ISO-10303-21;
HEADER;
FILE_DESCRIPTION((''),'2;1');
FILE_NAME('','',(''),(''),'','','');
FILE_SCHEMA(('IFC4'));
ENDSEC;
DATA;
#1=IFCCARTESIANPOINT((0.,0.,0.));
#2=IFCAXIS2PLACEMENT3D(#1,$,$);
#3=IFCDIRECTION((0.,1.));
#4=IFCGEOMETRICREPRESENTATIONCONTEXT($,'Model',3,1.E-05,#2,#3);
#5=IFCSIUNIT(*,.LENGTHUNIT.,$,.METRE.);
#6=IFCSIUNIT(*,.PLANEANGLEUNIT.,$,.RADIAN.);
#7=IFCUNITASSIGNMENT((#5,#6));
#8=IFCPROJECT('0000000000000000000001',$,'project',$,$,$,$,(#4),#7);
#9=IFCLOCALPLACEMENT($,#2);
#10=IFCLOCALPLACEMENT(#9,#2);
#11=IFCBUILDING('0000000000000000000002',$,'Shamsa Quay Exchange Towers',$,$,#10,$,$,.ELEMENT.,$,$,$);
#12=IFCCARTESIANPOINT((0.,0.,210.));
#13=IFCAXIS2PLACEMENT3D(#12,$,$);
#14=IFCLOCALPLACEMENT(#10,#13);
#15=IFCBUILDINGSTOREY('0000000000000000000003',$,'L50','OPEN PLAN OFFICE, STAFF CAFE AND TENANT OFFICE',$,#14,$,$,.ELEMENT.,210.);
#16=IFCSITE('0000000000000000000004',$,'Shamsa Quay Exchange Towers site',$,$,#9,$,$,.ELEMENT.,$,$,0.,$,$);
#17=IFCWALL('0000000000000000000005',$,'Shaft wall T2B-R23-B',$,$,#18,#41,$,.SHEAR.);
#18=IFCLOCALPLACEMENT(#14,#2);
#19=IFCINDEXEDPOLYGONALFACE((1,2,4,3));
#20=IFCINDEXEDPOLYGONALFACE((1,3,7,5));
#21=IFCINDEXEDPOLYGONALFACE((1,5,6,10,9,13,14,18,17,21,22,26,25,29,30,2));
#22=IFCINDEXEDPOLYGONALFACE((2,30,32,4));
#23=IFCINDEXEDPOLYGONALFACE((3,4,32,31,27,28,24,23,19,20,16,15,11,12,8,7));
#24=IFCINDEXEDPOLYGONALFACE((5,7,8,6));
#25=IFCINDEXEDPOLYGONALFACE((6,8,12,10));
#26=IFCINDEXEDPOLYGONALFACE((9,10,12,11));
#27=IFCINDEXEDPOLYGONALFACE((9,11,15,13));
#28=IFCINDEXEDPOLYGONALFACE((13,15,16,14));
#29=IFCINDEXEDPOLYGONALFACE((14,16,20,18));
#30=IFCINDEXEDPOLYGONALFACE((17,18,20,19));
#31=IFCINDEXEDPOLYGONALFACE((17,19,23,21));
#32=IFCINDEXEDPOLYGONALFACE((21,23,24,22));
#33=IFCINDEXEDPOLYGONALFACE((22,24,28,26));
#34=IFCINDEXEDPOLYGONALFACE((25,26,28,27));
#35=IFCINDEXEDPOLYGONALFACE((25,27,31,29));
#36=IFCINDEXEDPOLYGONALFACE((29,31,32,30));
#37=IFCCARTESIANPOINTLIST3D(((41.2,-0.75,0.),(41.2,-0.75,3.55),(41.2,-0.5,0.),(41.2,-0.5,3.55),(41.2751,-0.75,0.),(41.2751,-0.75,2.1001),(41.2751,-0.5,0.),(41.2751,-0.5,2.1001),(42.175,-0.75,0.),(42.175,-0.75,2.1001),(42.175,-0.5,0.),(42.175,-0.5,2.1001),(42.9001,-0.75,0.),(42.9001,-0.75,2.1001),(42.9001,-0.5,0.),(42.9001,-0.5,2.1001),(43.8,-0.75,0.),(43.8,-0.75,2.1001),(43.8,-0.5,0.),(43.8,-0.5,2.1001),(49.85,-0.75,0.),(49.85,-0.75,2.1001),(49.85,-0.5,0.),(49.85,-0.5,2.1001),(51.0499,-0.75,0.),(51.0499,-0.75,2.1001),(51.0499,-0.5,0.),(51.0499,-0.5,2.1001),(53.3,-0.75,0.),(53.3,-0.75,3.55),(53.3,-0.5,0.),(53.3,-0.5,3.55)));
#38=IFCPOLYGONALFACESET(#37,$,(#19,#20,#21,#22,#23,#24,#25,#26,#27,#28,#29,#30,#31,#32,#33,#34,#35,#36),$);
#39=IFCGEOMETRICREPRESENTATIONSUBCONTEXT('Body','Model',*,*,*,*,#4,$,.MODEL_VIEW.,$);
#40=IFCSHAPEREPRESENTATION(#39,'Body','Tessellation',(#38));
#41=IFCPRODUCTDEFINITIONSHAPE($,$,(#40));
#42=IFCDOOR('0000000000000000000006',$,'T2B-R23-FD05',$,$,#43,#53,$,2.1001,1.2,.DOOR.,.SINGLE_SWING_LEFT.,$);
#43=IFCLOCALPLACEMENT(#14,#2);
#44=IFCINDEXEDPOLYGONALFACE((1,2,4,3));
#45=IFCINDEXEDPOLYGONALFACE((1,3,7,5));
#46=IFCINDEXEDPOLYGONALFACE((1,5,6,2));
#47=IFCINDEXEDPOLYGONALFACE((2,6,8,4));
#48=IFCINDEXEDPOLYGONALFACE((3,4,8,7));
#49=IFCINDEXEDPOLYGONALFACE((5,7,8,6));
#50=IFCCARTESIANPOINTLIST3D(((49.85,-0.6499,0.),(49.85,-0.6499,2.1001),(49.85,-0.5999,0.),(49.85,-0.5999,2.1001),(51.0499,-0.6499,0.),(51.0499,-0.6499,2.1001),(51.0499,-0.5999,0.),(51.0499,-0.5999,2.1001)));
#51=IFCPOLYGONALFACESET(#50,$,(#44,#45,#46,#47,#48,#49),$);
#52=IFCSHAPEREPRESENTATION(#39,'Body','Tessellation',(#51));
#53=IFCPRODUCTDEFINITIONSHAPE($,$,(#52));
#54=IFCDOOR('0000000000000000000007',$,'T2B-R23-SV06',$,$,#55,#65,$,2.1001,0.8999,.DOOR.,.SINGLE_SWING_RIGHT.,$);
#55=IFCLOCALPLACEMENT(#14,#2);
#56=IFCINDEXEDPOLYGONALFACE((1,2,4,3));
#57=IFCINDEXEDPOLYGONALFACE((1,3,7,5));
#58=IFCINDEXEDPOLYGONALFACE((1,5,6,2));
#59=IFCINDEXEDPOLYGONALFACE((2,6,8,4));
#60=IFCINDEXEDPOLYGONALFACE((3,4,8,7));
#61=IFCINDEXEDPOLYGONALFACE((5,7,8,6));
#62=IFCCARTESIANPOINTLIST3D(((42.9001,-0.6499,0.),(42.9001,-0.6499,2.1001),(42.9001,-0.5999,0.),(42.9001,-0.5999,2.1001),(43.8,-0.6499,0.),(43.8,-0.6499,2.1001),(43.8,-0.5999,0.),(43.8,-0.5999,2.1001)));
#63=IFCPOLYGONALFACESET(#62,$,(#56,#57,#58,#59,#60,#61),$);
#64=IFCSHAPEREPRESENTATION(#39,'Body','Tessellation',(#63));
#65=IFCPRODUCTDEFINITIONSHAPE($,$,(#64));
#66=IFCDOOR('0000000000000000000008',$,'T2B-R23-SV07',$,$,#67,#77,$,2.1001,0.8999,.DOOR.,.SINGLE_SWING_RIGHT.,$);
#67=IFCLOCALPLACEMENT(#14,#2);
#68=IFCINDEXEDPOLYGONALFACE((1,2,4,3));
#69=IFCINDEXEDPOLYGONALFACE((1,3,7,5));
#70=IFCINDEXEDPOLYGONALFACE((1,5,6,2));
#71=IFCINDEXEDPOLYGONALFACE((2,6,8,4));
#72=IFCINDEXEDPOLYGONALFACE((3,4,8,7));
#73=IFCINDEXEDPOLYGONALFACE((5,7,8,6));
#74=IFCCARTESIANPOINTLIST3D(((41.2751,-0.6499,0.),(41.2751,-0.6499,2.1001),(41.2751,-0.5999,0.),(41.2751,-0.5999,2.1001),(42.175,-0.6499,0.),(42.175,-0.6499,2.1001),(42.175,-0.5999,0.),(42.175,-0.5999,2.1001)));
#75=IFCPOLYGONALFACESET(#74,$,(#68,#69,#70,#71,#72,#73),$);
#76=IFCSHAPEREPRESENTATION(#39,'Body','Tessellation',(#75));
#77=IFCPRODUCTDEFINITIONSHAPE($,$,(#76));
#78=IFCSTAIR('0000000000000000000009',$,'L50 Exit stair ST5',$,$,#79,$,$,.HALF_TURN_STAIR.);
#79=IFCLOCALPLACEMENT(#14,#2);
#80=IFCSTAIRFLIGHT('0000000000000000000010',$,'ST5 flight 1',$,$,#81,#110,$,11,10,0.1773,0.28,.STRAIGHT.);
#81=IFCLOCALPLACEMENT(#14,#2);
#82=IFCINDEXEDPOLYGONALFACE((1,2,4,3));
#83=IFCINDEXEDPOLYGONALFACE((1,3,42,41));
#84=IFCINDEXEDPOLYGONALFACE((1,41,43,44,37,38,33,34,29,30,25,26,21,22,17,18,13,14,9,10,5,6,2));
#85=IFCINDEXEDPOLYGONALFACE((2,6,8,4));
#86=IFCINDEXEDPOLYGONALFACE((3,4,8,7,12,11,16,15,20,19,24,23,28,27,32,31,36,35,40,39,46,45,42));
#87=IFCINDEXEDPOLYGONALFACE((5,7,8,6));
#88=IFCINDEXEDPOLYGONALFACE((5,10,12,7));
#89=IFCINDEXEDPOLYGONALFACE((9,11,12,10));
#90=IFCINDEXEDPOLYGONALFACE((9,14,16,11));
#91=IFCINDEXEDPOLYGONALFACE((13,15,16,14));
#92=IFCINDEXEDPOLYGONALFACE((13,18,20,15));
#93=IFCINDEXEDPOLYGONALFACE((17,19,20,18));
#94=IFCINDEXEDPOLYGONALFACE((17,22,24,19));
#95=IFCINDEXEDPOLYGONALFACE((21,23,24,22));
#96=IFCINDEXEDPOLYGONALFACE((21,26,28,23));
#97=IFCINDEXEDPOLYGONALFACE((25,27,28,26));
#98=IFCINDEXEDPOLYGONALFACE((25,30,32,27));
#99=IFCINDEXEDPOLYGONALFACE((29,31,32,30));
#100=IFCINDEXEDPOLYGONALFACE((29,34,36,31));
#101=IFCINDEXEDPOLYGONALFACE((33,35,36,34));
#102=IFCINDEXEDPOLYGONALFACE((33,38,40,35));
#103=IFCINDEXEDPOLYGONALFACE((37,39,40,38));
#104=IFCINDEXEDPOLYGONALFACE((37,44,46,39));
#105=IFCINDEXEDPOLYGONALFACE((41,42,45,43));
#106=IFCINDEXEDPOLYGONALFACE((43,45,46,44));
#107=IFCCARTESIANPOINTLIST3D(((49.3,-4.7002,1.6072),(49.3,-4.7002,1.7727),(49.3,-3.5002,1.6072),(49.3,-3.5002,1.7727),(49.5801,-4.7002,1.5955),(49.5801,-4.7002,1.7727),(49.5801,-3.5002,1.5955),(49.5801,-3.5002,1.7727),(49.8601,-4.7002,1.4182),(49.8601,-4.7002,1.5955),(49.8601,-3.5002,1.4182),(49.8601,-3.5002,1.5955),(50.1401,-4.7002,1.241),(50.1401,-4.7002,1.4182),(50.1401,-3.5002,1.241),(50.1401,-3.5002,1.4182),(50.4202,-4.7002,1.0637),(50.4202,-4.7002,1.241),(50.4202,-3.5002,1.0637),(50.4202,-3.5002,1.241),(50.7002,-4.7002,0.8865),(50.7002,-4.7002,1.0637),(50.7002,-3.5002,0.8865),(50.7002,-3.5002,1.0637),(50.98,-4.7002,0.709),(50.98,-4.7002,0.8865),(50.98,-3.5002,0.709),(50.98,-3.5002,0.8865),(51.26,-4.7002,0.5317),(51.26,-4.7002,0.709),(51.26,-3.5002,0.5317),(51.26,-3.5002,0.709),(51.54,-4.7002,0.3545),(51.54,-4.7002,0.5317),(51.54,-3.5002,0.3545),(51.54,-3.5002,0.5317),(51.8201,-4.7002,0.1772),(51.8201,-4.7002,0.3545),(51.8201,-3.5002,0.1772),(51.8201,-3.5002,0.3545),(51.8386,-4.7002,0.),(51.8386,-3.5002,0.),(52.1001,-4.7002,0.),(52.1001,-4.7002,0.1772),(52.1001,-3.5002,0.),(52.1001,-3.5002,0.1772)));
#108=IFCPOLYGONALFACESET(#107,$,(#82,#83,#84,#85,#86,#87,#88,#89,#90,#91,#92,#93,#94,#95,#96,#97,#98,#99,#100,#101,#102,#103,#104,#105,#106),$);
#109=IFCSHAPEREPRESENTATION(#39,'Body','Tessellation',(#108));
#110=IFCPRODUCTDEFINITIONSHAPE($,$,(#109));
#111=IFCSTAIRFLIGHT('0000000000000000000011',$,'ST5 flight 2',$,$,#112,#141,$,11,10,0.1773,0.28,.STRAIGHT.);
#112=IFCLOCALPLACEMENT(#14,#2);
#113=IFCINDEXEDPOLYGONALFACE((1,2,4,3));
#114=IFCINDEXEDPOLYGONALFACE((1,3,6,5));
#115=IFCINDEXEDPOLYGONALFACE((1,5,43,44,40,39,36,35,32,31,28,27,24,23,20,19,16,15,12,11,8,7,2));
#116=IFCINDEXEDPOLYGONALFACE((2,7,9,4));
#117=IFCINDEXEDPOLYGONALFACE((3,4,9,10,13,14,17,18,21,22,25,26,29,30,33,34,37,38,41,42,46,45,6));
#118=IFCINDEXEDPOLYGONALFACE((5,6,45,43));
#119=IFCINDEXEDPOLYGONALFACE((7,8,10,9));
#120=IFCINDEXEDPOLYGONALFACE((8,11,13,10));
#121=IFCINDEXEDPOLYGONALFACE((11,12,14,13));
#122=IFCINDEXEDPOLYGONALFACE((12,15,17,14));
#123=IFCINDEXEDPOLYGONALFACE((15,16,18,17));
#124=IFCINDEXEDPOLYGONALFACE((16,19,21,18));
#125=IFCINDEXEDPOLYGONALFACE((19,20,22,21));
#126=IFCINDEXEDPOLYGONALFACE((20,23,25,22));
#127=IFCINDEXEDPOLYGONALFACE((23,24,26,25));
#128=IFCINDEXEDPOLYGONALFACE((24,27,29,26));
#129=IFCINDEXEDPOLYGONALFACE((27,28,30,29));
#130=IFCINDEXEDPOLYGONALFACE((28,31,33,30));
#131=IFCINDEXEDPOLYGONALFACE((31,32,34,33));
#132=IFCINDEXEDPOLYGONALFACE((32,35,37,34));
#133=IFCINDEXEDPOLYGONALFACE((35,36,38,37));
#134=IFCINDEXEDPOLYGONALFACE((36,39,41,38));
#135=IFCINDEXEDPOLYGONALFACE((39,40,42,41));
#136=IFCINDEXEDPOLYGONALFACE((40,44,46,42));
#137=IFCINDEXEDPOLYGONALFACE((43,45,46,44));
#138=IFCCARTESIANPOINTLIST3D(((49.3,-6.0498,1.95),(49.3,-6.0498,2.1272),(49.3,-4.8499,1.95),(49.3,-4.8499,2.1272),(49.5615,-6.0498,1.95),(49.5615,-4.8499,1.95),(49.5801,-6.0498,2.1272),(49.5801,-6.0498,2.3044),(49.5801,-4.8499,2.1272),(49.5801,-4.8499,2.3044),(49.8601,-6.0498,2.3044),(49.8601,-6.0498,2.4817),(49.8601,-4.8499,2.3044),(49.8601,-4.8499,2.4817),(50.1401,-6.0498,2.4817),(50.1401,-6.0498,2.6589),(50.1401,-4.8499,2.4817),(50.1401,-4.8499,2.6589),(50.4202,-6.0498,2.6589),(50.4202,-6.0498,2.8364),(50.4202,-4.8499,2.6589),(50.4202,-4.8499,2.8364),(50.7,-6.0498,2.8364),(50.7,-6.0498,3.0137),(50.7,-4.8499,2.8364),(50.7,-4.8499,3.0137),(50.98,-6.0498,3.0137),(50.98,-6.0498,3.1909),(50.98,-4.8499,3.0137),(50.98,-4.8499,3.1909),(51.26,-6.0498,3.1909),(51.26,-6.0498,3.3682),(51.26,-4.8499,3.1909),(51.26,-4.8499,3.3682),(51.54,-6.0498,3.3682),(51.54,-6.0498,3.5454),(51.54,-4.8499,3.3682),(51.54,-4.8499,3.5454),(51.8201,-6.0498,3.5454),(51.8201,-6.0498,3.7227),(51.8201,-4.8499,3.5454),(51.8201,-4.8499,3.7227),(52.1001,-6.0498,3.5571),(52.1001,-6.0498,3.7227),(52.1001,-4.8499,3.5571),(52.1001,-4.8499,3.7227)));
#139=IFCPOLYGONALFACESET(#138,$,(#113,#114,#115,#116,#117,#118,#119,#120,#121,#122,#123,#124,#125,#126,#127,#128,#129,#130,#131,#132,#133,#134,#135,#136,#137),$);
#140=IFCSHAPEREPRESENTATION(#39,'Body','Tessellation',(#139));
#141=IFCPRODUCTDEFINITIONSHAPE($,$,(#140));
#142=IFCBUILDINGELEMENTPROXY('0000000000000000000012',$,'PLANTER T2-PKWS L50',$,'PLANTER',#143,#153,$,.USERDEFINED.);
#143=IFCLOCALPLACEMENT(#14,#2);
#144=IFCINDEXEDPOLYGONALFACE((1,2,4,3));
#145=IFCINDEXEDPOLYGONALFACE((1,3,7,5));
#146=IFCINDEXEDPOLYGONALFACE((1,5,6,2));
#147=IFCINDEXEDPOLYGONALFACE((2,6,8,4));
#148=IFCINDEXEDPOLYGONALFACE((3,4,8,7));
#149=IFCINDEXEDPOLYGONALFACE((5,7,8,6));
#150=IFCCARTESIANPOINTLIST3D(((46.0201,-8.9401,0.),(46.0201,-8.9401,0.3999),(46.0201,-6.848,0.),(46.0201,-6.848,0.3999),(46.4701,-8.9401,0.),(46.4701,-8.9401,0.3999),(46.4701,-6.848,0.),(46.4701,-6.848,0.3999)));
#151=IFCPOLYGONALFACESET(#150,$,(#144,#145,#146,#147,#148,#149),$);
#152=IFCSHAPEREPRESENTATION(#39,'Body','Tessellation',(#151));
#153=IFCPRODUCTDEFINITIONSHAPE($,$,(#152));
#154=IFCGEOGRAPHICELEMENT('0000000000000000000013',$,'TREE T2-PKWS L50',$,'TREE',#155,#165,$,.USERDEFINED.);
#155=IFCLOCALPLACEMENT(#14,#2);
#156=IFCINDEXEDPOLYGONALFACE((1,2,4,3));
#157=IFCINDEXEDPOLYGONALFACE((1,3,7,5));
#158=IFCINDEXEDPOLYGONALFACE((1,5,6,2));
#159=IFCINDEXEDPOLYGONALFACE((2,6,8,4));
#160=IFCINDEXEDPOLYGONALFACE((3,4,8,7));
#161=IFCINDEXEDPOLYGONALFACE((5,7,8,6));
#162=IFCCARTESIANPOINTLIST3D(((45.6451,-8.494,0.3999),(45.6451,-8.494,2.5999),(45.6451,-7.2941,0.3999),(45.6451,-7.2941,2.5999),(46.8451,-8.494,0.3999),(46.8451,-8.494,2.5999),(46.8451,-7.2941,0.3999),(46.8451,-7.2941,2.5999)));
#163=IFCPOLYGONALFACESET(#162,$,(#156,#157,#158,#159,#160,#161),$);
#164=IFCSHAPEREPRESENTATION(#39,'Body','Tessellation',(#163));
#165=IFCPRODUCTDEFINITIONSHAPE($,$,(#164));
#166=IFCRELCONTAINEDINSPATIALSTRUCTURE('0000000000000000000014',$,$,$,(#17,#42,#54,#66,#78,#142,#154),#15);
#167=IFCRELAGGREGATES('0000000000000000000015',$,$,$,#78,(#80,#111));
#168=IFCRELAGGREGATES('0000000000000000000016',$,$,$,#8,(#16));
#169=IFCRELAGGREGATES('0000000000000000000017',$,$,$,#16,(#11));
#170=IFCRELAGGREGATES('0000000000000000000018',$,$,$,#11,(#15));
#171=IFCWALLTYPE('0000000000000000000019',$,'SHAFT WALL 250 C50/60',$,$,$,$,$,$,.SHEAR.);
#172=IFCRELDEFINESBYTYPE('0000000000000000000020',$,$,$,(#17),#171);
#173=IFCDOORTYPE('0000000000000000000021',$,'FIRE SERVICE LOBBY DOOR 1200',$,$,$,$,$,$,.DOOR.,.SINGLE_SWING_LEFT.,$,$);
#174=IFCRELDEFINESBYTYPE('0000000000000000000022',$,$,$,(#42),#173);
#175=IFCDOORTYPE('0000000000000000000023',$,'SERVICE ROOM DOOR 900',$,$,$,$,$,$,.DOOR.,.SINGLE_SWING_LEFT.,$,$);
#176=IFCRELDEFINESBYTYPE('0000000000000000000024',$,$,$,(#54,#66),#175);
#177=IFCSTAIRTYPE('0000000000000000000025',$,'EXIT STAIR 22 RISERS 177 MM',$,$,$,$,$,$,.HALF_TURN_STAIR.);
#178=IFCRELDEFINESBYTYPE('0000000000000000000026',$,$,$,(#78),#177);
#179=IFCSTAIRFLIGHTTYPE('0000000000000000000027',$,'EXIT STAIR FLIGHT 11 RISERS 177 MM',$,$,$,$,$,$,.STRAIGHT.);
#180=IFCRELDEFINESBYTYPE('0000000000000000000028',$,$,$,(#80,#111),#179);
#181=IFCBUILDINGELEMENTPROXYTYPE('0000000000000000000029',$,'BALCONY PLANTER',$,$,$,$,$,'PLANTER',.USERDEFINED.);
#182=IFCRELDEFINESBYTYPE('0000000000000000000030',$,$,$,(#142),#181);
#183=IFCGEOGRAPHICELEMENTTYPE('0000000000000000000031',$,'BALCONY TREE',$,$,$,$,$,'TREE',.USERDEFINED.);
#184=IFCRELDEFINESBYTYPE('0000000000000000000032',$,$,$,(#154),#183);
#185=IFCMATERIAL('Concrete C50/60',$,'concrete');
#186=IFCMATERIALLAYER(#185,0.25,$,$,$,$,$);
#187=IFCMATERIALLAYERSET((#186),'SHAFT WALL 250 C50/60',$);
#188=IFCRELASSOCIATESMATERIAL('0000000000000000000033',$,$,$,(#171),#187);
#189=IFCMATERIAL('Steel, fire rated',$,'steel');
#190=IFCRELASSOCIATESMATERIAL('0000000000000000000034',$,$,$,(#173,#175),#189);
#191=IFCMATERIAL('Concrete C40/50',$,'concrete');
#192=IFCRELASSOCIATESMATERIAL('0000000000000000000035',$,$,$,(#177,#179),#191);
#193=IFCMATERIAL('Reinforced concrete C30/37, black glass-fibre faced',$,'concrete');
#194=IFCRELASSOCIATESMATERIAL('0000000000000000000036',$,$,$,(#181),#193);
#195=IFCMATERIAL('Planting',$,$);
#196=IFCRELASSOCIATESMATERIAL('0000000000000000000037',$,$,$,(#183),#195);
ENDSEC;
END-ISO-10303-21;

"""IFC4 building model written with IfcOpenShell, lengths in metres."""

from ifc_helpers import new_model, si_unit, direction, frame, frame_2d, origin, origin_2d, place, context, subcontext, project, spatial, polyline, rectangle, outline, extrude, material, layer, layer_set, type_object, element, fill, aggregate, save


model = new_model("IFC4")

# Units and contexts
model_context = context("Model", 3, precision=1e-05, world=origin(), true_north=direction((0.0, 1.0)))
body_context = subcontext(model_context, "Body", "Model", "MODEL_VIEW")
ifc_project = project(units=[si_unit("LENGTHUNIT", "METRE"), si_unit("PLANEANGLEUNIT", "RADIAN")], contexts=[model_context])

# Site, building, storey
site_placement = place(None, origin())
site = spatial("IfcSite", under=ifc_project, at=site_placement, Name="Shamsa Quay Exchange Towers site", CompositionType="ELEMENT", RefElevation=0.0)
building_placement = place(site_placement, origin())
building = spatial("IfcBuilding", under=site, at=building_placement, Name="Shamsa Quay Exchange Towers", CompositionType="ELEMENT")
storey_placement = place(building_placement, frame((0.0, 0.0, 210.0)))
storey = spatial("IfcBuildingStorey", under=building, at=storey_placement, Name="L50", Description="OPEN PLAN OFFICE, STAFF CAFE AND TENANT OFFICE", CompositionType="ELEMENT", Elevation=210.0)

# Shared definitions
ifc_material_1 = material(Name="Steel, fire rated", Category="steel")
ifc_material_2 = material(Name="Concrete C50/60", Category="concrete")
ifc_layer_1 = layer(ifc_material_2, 0.25)
ifc_layer_set_1 = layer_set([ifc_layer_1], Name="SHAFT WALL 250 C50/60")
wall_type_1 = type_object("IfcWallType", Name="SHAFT WALL 250 C50/60", PredefinedType="SHEAR", material=ifc_layer_set_1)

# Wall, openings, doors
wall_1_placement = place(storey_placement, frame((53.3, -0.625, 0.0), z_axis=(0.0, 0.0, 1.0), x_axis=(-1.0, 0.0, 0.0)))
wall_1 = element("IfcWall", 1, at=wall_1_placement, inside=storey, type_object=wall_type_1, Name="Shaft wall T2B-R23-B", PredefinedType="SHEAR", context=body_context, shape_type="SweptSolid", body=[
    extrude(rectangle(XDim=12.1001, YDim=0.25, at=frame_2d((6.05, 0.0))), origin(), (0.0, 0.0, 1.0), 3.55),
])
opening_1_placement = place(wall_1_placement, frame((2.25, 0.0, 0.0)))
opening_1 = element("IfcOpeningElement", 2, at=opening_1_placement, cuts=wall_1, PredefinedType="OPENING", context=body_context, shape_type="SweptSolid", body=[
    extrude(rectangle(XDim=1.2, YDim=2.1001, at=frame_2d((0.6001, 1.05))), frame((0.0, 0.135, 0.0), z_axis=(0.0, -1.0, 0.0), x_axis=(1.0, 0.0, 0.0)), (0.0, 0.0, 1.0), 0.27),
])
opening_2_placement = place(wall_1_placement, frame((9.5, 0.0, 0.0)))
opening_2 = element("IfcOpeningElement", 3, at=opening_2_placement, cuts=wall_1, PredefinedType="OPENING", context=body_context, shape_type="SweptSolid", body=[
    extrude(rectangle(XDim=0.8999, YDim=2.1001, at=frame_2d((0.45, 1.05))), frame((0.0, 0.135, 0.0), z_axis=(0.0, -1.0, 0.0), x_axis=(1.0, 0.0, 0.0)), (0.0, 0.0, 1.0), 0.27),
])
opening_3_placement = place(wall_1_placement, frame((11.125, 0.0, 0.0)))
opening_3 = element("IfcOpeningElement", 4, at=opening_3_placement, cuts=wall_1, PredefinedType="OPENING", context=body_context, shape_type="SweptSolid", body=[
    extrude(rectangle(XDim=0.8999, YDim=2.1001, at=frame_2d((0.45, 1.05))), frame((0.0, 0.135, 0.0), z_axis=(0.0, -1.0, 0.0), x_axis=(1.0, 0.0, 0.0)), (0.0, 0.0, 1.0), 0.27),
])
door_type_1 = type_object("IfcDoorType", Name="FIRE SERVICE LOBBY DOOR 1200", OperationType="SINGLE_SWING_LEFT", PredefinedType="DOOR", material=ifc_material_1)
door_1_placement = place(opening_1_placement, origin())
door_1 = element("IfcDoor", 5, at=door_1_placement, inside=storey, type_object=door_type_1, Name="T2B-R23-FD05", OperationType="SINGLE_SWING_LEFT", OverallHeight=2.1001, OverallWidth=1.2, PredefinedType="DOOR", context=body_context, shape_type="SweptSolid", body=[
    extrude(rectangle(XDim=1.2, YDim=2.1001, at=frame_2d((0.6001, 1.05))), frame((0.0, 0.0249, 0.0), z_axis=(0.0, -1.0, 0.0), x_axis=(1.0, 0.0, 0.0)), (0.0, 0.0, 1.0), 0.05),
])
fill(opening_1, door_1)
door_type_2 = type_object("IfcDoorType", Name="SERVICE ROOM DOOR 900", OperationType="SINGLE_SWING_LEFT", PredefinedType="DOOR", material=ifc_material_1)
door_2_placement = place(opening_2_placement, origin())
door_2 = element("IfcDoor", 6, at=door_2_placement, inside=storey, type_object=door_type_2, Name="T2B-R23-SV06", OperationType="SINGLE_SWING_RIGHT", OverallHeight=2.1001, OverallWidth=0.8999, PredefinedType="DOOR", context=body_context, shape_type="SweptSolid", body=[
    extrude(rectangle(XDim=0.8999, YDim=2.1001, at=frame_2d((0.45, 1.05))), frame((0.0, 0.0249, 0.0), z_axis=(0.0, -1.0, 0.0), x_axis=(1.0, 0.0, 0.0)), (0.0, 0.0, 1.0), 0.05),
])
fill(opening_2, door_2)
door_3_placement = place(opening_3_placement, origin())
door_3 = element("IfcDoor", 7, at=door_3_placement, inside=storey, type_object=door_type_2, Name="T2B-R23-SV07", OperationType="SINGLE_SWING_RIGHT", OverallHeight=2.1001, OverallWidth=0.8999, PredefinedType="DOOR", context=body_context, shape_type="SweptSolid", body=[
    extrude(rectangle(XDim=0.8999, YDim=2.1001, at=frame_2d((0.45, 1.05))), frame((0.0, 0.0249, 0.0), z_axis=(0.0, -1.0, 0.0), x_axis=(1.0, 0.0, 0.0)), (0.0, 0.0, 1.0), 0.05),
])
fill(opening_3, door_3)

# Stair, stair flights
ifc_material_3 = material(Name="Concrete C40/50", Category="concrete")
stair_type = type_object("IfcStairType", Name="EXIT STAIR 22 RISERS 177 MM", PredefinedType="HALF_TURN_STAIR", material=ifc_material_3)
stair_placement = place(storey_placement, origin())
stair = element("IfcStair", 8, at=stair_placement, inside=storey, type_object=stair_type, Name="L50 Exit stair ST5", PredefinedType="HALF_TURN_STAIR")
stair_flight_type = type_object("IfcStairFlightType", Name="EXIT STAIR FLIGHT 11 RISERS 177 MM", PredefinedType="STRAIGHT", material=ifc_material_3)
stair_flight_1_placement = place(storey_placement, frame((52.1001, -4.1001, 0.0), z_axis=(0.0, 0.0, 1.0), x_axis=(-1.0, 0.0, 0.0)))
stair_flight_1 = element("IfcStairFlight", 9, at=stair_flight_1_placement, type_object=stair_flight_type, Name="ST5 flight 1", NumberOfRisers=11, NumberOfTreads=10, PredefinedType="STRAIGHT", RiserHeight=0.1773, TreadLength=0.28, context=body_context, shape_type="SweptSolid", body=[
    extrude(outline(polyline([(0.0, 0.0), (0.0, 0.1772), (0.28, 0.1772), (0.28, 0.3545), (0.5601, 0.3545), (0.5601, 0.5317), (0.8401, 0.5317), (0.8401, 0.709), (1.1201, 0.709), (1.1201, 0.8865), (1.3999, 0.8865), (1.3999, 1.0637), (1.6799, 1.0637), (1.6799, 1.241), (1.96, 1.241), (1.96, 1.4182), (2.24, 1.4182), (2.24, 1.5955), (2.52, 1.5955), (2.52, 1.7727), (2.8, 1.7727), (2.8, 1.95), (2.8, 1.6072), (0.2615, 0.0), (0.0, 0.0)])), frame((0.0, 0.6001, 0.0), z_axis=(0.0, -1.0, 0.0), x_axis=(1.0, 0.0, 0.0)), (0.0, 0.0, 1.0), 1.2),
])
stair_flight_2_placement = place(storey_placement, frame((49.3, -5.45, 1.95)))
stair_flight_2 = element("IfcStairFlight", 10, at=stair_flight_2_placement, type_object=stair_flight_type, Name="ST5 flight 2", NumberOfRisers=11, NumberOfTreads=10, PredefinedType="STRAIGHT", RiserHeight=0.1773, TreadLength=0.28, context=body_context, shape_type="SweptSolid", body=[
    extrude(outline(polyline([(0.0, 0.0), (0.0, 0.1772), (0.28, 0.1772), (0.28, 0.3545), (0.5601, 0.3545), (0.5601, 0.5317), (0.8401, 0.5317), (0.8401, 0.709), (1.1201, 0.709), (1.1201, 0.8865), (1.3999, 0.8865), (1.3999, 1.0637), (1.6799, 1.0637), (1.6799, 1.241), (1.96, 1.241), (1.96, 1.4182), (2.24, 1.4182), (2.24, 1.5955), (2.52, 1.5955), (2.52, 1.7727), (2.8, 1.7727), (2.8, 1.95), (2.8, 1.6072), (0.2615, 0.0), (0.0, 0.0)])), frame((0.0, 0.6001, 0.0), z_axis=(0.0, -1.0, 0.0), x_axis=(1.0, 0.0, 0.0)), (0.0, 0.0, 1.0), 1.2),
])
aggregate(stair, [stair_flight_1, stair_flight_2])

# Building element proxy
ifc_material_4 = material(Name="Reinforced concrete C30/37, black glass-fibre faced", Category="concrete")
building_element_proxy_type = type_object("IfcBuildingElementProxyType", Name="BALCONY PLANTER", ElementType="PLANTER", PredefinedType="USERDEFINED", material=ifc_material_4)
proxy_placement = place(storey_placement, frame((46.2451, -7.894, 0.0), z_axis=(0.0, 0.0, 1.0), x_axis=(0.0, 1.0, 0.0)))
element("IfcBuildingElementProxy", 11, at=proxy_placement, inside=storey, type_object=building_element_proxy_type, Name="PLANTER T2-PKWS L50", ObjectType="PLANTER", PredefinedType="USERDEFINED", context=body_context, shape_type="SweptSolid", body=[
    extrude(rectangle(XDim=2.092, YDim=0.45, at=origin_2d()), origin(), (0.0, 0.0, 1.0), 0.3999),
])

# Geographic element
ifc_material_5 = material(Name="Planting")
geographic_element_type = type_object("IfcGeographicElementType", Name="BALCONY TREE", ElementType="TREE", PredefinedType="USERDEFINED", material=ifc_material_5)
geographic_element_placement = place(storey_placement, frame((46.2451, -7.894, 0.3999), z_axis=(0.0, 0.0, 1.0), x_axis=(0.0, 1.0, 0.0)))
element("IfcGeographicElement", 12, at=geographic_element_placement, inside=storey, type_object=geographic_element_type, Name="TREE T2-PKWS L50", ObjectType="TREE", PredefinedType="USERDEFINED", context=body_context, shape_type="SweptSolid", body=[
    extrude(rectangle(XDim=1.2, YDim=1.2, at=origin_2d()), origin(), (0.0, 0.0, 1.0), 2.2),
])

save(model, "model.ifc")
